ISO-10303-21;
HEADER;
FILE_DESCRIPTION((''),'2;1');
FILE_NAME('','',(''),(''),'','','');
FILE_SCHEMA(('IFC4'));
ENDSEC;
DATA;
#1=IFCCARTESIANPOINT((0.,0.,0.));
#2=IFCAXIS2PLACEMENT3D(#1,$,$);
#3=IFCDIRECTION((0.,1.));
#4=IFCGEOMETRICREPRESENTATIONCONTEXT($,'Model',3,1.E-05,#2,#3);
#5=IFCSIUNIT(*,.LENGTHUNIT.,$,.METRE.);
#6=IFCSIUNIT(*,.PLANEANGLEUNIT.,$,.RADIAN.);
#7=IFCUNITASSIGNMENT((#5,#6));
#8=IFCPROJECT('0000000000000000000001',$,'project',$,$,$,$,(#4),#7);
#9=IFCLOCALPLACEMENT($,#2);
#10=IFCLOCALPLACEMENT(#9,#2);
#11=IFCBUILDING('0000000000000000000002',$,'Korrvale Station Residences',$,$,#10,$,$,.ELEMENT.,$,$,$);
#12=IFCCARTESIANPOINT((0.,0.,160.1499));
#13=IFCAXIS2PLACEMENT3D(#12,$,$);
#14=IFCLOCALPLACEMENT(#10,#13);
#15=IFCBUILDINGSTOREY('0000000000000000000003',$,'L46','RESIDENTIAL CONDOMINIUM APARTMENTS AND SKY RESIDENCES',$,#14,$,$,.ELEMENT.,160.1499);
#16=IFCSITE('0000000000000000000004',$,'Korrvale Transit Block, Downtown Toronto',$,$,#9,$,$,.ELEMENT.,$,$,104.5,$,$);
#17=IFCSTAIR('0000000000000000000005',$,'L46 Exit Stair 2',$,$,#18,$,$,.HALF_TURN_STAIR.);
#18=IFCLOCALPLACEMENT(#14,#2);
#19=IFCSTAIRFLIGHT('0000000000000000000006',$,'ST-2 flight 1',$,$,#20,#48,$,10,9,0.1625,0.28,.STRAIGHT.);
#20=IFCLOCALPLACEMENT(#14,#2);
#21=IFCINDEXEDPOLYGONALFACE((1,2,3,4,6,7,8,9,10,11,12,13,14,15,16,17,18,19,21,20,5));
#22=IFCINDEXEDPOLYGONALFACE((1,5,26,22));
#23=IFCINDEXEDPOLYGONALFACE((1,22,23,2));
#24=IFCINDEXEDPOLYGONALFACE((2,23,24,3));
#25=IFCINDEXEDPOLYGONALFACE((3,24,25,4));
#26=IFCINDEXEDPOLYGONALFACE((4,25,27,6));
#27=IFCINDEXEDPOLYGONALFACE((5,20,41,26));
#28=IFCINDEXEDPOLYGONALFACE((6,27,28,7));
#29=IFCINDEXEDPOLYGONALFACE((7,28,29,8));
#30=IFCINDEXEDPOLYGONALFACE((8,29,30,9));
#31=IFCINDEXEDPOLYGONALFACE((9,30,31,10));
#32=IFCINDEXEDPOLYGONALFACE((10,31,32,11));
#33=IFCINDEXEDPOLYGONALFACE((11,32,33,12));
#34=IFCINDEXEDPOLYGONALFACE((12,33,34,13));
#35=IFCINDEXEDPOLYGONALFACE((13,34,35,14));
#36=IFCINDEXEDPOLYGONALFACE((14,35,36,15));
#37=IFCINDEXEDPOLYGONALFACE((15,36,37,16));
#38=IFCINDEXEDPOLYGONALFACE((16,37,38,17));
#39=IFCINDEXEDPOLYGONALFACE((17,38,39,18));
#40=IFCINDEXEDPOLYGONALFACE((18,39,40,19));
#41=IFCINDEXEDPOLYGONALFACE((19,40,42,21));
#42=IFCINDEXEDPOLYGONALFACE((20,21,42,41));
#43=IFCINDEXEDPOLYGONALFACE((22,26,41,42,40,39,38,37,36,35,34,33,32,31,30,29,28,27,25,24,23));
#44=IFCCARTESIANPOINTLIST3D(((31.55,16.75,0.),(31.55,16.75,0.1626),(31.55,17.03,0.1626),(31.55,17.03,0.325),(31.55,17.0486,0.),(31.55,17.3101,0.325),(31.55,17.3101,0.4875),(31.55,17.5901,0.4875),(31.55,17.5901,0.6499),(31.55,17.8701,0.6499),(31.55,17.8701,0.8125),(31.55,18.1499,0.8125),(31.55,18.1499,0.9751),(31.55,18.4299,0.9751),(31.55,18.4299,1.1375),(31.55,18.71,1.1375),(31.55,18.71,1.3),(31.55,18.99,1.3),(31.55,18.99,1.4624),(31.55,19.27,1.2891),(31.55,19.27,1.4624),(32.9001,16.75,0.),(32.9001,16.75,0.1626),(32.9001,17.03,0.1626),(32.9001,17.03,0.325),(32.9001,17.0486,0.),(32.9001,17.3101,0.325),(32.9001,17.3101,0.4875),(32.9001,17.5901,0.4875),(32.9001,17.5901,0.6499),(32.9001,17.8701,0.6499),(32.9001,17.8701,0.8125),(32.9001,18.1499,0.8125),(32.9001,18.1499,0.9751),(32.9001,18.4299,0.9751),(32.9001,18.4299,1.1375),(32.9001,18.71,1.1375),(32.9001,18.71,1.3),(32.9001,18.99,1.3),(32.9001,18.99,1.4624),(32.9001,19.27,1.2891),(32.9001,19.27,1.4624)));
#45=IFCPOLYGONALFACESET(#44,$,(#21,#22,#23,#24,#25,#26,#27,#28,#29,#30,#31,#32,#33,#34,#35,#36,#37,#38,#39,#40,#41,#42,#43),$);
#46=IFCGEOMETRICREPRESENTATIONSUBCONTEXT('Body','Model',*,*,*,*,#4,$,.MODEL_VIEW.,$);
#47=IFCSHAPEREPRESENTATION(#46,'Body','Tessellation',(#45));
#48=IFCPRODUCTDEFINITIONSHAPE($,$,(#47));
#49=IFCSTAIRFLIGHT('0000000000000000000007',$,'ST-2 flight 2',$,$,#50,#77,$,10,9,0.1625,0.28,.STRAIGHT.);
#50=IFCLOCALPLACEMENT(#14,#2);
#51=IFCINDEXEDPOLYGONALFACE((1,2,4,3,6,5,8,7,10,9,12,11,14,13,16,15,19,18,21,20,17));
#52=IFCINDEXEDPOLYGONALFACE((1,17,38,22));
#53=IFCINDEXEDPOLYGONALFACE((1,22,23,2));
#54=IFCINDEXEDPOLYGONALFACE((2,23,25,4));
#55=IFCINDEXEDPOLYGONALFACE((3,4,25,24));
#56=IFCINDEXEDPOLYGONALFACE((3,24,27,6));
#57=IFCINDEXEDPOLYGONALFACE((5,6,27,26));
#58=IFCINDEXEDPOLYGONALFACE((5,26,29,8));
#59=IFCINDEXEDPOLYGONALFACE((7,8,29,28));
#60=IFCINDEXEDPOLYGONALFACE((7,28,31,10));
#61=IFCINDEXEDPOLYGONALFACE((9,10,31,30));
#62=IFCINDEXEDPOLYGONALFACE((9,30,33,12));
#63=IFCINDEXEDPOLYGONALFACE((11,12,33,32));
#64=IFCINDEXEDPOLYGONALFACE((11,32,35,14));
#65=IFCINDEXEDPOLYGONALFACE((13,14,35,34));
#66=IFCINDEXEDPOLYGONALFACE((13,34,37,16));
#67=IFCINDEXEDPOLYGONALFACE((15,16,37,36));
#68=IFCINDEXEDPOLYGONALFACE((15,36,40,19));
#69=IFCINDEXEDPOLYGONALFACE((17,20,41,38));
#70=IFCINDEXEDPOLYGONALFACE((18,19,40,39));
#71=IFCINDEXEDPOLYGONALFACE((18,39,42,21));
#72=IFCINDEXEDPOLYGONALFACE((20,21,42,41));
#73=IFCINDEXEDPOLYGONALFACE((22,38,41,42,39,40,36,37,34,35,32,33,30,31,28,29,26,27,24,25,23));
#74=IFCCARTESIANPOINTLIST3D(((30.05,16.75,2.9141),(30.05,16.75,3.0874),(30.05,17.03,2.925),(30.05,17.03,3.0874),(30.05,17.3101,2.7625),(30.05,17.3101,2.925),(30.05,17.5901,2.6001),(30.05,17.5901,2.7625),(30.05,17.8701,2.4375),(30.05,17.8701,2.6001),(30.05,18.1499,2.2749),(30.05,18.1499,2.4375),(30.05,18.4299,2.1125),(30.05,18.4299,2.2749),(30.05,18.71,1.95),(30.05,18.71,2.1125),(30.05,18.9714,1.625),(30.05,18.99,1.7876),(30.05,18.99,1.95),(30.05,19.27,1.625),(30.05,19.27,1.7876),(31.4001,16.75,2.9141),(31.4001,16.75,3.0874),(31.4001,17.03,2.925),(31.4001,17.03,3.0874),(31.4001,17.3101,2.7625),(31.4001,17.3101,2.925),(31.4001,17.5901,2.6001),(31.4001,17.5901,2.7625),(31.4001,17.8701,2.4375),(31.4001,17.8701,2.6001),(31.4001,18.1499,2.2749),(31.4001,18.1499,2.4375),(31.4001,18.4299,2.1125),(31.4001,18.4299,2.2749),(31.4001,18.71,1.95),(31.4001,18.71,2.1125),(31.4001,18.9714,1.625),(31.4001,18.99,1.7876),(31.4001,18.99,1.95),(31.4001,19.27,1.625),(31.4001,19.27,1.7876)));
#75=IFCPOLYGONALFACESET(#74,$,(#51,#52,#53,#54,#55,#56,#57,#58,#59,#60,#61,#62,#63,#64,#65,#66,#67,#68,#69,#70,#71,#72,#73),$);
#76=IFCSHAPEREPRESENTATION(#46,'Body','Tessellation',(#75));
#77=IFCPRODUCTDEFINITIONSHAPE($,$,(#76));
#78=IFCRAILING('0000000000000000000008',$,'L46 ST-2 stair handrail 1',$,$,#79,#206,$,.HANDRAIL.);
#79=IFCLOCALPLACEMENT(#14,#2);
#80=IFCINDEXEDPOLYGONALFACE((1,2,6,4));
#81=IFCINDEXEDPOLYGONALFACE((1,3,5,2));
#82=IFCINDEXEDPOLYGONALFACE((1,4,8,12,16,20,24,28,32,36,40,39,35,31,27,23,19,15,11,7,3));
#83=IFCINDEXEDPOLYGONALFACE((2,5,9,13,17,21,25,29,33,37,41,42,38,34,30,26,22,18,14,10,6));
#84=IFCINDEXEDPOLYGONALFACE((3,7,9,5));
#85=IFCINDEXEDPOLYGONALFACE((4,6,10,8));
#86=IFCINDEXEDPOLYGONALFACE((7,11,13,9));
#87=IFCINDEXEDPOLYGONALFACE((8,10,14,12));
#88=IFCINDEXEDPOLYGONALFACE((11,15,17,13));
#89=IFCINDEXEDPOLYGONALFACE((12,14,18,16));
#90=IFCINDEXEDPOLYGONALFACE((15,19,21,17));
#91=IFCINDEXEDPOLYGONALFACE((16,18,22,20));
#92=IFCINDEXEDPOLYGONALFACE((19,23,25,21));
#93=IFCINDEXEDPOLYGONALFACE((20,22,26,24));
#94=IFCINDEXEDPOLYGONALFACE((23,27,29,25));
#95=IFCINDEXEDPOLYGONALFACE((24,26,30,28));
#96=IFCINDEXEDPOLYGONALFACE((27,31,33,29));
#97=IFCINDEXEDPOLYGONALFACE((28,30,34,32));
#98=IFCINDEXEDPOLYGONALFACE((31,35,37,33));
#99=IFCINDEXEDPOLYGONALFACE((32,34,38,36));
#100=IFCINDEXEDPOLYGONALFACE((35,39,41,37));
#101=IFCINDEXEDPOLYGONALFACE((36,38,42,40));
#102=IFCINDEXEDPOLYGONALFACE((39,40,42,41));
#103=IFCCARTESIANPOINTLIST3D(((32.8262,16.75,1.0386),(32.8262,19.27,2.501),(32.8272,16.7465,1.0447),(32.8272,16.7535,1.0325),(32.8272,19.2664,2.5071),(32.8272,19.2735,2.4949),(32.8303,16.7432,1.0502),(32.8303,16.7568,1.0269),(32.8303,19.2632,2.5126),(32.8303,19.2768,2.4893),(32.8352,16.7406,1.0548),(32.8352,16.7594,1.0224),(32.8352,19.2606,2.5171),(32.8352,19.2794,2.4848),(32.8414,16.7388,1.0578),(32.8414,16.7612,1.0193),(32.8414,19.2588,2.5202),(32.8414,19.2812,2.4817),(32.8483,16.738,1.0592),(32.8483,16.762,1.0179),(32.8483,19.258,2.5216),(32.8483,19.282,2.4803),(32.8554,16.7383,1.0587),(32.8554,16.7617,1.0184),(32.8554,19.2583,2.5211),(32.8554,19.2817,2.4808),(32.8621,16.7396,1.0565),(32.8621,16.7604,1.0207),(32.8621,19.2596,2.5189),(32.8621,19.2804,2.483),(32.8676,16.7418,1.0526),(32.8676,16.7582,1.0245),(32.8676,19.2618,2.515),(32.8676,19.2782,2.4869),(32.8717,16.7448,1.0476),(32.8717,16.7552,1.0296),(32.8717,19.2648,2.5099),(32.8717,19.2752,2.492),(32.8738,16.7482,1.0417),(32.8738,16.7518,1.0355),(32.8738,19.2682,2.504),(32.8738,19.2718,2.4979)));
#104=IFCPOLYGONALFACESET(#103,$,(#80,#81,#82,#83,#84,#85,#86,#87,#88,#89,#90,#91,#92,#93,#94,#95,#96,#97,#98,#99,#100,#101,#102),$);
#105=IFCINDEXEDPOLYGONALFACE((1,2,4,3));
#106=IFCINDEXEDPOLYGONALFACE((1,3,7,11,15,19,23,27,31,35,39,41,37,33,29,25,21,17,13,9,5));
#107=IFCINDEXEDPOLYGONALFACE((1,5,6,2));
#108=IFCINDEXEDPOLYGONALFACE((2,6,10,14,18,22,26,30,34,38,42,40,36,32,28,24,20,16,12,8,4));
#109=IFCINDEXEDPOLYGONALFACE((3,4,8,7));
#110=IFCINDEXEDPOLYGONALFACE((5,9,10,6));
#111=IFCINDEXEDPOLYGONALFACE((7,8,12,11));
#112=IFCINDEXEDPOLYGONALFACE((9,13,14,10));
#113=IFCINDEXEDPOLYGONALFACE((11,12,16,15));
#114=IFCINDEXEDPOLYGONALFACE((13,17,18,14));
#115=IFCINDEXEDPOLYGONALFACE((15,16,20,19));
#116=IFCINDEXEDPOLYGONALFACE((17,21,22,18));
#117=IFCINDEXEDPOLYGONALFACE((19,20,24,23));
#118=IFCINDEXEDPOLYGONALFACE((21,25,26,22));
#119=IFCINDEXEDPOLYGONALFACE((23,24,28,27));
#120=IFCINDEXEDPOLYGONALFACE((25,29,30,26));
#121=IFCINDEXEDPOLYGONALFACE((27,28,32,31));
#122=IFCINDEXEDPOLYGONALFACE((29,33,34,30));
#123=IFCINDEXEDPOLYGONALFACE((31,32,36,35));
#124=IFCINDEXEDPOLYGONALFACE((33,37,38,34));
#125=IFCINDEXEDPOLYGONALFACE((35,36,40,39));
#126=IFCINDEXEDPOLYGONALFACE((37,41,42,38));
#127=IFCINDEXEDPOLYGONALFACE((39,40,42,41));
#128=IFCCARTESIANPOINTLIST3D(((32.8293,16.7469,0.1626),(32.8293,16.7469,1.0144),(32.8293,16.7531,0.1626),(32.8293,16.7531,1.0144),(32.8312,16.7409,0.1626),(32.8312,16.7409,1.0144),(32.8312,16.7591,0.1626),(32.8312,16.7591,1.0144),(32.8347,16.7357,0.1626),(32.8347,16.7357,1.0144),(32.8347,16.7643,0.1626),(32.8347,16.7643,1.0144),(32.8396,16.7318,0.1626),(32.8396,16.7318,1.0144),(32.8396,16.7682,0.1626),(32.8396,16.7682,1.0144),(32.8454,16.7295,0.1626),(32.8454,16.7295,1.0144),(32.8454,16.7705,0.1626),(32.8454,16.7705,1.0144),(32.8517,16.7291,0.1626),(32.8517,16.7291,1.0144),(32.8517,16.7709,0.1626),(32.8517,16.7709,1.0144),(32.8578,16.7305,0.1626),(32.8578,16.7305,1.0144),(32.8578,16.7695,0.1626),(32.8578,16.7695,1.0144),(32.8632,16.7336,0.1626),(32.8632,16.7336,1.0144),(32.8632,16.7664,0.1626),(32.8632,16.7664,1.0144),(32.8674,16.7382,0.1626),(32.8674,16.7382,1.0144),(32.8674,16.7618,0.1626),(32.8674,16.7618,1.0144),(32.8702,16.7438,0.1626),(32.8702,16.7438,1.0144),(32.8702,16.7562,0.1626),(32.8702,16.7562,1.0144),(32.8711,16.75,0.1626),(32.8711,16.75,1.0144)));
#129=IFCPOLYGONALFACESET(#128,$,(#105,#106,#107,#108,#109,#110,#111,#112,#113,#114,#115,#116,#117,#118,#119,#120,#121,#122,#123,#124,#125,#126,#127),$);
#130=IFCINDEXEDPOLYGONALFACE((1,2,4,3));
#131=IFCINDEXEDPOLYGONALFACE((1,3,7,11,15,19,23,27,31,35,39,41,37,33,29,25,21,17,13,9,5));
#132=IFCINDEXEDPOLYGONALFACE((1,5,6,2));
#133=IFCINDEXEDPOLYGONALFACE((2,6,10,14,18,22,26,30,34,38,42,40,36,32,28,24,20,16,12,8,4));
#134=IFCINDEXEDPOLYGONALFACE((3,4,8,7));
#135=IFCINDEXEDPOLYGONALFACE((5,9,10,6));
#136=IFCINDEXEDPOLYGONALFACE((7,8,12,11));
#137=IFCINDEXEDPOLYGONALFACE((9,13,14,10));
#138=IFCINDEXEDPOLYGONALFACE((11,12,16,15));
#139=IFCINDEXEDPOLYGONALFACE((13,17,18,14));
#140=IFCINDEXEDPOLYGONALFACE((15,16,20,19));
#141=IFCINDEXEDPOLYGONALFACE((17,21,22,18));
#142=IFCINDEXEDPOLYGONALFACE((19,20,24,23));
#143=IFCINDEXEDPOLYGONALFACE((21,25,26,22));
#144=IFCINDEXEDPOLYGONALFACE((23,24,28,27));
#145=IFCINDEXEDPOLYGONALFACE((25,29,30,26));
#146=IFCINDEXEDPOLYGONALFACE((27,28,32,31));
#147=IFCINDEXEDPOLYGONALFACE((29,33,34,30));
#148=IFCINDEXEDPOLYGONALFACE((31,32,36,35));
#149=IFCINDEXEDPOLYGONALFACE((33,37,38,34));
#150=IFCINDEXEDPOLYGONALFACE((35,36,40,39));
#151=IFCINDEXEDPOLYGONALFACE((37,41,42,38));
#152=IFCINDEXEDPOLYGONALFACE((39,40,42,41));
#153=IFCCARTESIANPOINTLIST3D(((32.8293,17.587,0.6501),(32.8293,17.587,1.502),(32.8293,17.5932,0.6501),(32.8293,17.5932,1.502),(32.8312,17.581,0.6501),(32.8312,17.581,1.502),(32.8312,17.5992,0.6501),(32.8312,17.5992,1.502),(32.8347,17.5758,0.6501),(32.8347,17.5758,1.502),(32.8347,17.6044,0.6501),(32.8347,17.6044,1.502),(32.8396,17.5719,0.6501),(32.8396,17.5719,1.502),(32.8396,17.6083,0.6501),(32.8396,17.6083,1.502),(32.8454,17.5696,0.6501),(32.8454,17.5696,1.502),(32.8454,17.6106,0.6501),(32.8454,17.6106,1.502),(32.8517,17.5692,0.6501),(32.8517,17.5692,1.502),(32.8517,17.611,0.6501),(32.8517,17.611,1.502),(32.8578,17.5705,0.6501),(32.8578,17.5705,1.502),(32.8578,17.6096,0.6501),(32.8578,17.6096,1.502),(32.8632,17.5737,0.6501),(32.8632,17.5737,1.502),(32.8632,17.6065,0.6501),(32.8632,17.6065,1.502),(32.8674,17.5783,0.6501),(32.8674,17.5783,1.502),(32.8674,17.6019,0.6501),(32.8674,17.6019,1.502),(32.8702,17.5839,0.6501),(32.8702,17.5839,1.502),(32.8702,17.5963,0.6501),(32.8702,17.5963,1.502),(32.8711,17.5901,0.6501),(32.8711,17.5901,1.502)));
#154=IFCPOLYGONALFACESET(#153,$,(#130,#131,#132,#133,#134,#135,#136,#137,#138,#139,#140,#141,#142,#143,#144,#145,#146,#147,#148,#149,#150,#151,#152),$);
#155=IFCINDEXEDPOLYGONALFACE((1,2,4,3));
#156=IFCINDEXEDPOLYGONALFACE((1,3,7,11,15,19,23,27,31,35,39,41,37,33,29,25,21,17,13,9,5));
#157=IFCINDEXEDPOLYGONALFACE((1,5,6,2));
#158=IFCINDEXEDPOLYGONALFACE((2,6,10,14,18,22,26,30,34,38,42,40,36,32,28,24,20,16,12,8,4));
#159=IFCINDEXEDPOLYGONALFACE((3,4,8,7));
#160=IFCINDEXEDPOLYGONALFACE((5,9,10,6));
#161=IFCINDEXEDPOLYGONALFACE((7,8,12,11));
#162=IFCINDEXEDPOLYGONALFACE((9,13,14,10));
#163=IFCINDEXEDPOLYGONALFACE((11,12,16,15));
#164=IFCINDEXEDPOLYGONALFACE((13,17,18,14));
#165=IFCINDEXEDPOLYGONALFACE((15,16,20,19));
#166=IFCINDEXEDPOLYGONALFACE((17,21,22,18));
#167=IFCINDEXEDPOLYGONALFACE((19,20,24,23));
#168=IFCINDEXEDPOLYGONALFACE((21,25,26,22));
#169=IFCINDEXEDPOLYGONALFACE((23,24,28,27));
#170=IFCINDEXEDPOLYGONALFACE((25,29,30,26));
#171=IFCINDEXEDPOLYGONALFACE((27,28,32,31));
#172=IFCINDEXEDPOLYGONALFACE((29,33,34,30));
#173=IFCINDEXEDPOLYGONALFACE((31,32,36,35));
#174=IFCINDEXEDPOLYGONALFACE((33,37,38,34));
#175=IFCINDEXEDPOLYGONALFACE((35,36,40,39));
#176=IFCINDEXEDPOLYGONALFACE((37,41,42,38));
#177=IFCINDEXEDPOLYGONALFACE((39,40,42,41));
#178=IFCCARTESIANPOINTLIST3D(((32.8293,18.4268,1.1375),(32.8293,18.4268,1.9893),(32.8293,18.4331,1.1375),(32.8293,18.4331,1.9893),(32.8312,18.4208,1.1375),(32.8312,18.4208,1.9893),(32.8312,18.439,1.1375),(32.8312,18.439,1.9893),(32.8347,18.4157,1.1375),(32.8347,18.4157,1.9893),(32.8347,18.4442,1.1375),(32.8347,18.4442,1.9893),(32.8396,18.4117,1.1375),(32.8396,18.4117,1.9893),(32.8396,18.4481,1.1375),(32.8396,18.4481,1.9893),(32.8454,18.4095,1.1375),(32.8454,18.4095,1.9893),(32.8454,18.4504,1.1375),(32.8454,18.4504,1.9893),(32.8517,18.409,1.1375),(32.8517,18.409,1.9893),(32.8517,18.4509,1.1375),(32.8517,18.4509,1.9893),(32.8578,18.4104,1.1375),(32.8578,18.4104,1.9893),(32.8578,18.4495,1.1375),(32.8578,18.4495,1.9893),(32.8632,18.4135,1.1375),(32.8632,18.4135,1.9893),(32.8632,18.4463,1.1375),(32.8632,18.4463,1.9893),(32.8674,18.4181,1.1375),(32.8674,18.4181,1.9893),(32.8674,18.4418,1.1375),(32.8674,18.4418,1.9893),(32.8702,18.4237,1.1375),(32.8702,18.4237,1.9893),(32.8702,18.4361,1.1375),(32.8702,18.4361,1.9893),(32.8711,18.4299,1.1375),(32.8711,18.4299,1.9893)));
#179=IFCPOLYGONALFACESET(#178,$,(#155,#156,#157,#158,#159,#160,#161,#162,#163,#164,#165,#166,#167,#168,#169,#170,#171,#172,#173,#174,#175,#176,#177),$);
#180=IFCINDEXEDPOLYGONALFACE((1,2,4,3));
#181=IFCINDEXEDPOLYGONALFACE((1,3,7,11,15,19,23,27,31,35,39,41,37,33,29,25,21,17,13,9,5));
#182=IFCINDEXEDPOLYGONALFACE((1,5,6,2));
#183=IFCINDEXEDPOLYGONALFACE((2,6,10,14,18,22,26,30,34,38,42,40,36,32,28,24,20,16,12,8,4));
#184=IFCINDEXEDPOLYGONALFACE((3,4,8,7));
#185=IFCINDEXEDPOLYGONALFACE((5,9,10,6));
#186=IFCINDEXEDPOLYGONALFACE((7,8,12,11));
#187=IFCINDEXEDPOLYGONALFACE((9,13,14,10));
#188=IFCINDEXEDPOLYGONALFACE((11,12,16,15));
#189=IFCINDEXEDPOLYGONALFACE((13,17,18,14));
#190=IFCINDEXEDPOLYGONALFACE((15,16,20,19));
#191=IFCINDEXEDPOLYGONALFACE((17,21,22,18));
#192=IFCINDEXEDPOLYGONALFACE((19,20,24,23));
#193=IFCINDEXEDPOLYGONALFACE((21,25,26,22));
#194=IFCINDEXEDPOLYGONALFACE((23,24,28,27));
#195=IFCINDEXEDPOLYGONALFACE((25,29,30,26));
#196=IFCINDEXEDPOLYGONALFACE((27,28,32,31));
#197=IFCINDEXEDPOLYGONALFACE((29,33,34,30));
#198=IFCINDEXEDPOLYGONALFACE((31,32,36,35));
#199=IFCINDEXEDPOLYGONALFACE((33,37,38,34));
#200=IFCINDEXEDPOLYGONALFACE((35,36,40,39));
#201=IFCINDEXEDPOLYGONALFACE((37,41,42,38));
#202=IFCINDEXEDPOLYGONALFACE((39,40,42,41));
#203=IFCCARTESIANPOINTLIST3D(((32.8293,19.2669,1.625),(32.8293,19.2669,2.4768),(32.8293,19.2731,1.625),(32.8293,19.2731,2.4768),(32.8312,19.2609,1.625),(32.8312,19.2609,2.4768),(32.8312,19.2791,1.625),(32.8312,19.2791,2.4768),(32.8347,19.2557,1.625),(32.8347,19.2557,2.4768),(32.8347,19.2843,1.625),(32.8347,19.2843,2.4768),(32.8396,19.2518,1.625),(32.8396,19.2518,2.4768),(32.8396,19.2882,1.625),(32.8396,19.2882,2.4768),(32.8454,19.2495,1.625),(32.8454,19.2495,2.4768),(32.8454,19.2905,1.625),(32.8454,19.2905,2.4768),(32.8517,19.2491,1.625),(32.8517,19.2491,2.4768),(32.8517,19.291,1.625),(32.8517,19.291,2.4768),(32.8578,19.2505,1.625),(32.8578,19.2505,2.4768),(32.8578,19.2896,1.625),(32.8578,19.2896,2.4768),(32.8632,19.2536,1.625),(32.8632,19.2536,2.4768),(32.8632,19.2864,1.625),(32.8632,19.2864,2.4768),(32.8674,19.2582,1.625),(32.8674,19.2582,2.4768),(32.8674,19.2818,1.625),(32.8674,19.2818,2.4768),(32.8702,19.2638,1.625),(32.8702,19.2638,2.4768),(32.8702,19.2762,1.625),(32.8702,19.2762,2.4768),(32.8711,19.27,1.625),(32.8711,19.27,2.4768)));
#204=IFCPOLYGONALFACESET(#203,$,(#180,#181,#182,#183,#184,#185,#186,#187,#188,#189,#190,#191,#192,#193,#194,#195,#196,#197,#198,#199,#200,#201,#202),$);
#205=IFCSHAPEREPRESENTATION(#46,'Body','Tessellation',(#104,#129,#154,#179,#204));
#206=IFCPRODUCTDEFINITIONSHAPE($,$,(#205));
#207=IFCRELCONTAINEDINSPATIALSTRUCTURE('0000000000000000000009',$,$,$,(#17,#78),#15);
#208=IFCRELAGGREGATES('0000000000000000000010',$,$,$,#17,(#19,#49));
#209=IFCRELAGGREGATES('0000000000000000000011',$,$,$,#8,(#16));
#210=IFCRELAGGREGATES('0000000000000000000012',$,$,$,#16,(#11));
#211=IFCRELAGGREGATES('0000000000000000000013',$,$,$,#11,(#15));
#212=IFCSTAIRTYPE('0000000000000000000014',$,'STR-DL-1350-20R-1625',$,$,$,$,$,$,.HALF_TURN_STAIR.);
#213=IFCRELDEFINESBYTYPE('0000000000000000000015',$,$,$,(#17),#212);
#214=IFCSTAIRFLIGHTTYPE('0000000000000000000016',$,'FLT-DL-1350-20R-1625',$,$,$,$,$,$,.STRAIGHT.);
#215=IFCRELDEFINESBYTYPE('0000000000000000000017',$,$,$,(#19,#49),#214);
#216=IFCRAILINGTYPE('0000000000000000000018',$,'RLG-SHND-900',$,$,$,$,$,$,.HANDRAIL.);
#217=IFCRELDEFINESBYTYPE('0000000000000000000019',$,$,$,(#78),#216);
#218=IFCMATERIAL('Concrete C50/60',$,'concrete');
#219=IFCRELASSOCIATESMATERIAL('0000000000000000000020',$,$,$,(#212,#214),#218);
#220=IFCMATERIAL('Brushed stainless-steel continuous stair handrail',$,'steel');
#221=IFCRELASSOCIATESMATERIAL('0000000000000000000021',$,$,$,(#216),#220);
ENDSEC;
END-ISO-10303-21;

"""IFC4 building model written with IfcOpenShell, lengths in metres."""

from ifc_helpers import new_model, si_unit, direction, frame, origin, origin_2d, place, context, subcontext, project, spatial, polyline, circle, outline, extrude, material, type_object, element, aggregate, save


model = new_model("IFC4")

# Units and contexts
model_context = context("Model", 3, precision=1e-05, world=origin(), true_north=direction((0.0, 1.0)))
body_context = subcontext(model_context, "Body", "Model", "MODEL_VIEW")
ifc_project = project(units=[si_unit("LENGTHUNIT", "METRE"), si_unit("PLANEANGLEUNIT", "RADIAN")], contexts=[model_context])

# Site, building, storey
site_placement = place(None, origin())
site = spatial("IfcSite", under=ifc_project, at=site_placement, Name="Korrvale Transit Block, Downtown Toronto", CompositionType="ELEMENT", RefElevation=104.5)
building_placement = place(site_placement, origin())
building = spatial("IfcBuilding", under=site, at=building_placement, Name="Korrvale Station Residences", CompositionType="ELEMENT")
storey_placement = place(building_placement, frame((0.0, 0.0, 160.1499)))
storey = spatial("IfcBuildingStorey", under=building, at=storey_placement, Name="L46", Description="RESIDENTIAL CONDOMINIUM APARTMENTS AND SKY RESIDENCES", CompositionType="ELEMENT", Elevation=160.1499)

# Stair, stair flights
ifc_material_1 = material(Name="Concrete C50/60", Category="concrete")
stair_type = type_object("IfcStairType", Name="STR-DL-1350-20R-1625", PredefinedType="HALF_TURN_STAIR", material=ifc_material_1)
stair_placement = place(storey_placement, origin())
stair = element("IfcStair", 1, at=stair_placement, inside=storey, type_object=stair_type, Name="L46 Exit Stair 2", PredefinedType="HALF_TURN_STAIR")
stair_flight_type = type_object("IfcStairFlightType", Name="FLT-DL-1350-20R-1625", PredefinedType="STRAIGHT", material=ifc_material_1)
stair_flight_1_placement = place(storey_placement, frame((32.2251, 16.75, 0.0), z_axis=(0.0, 0.0, 1.0), x_axis=(0.0, 1.0, 0.0)))
stair_flight_1 = element("IfcStairFlight", 2, at=stair_flight_1_placement, type_object=stair_flight_type, Name="ST-2 flight 1", NumberOfRisers=10, NumberOfTreads=9, PredefinedType="STRAIGHT", RiserHeight=0.1625, TreadLength=0.28, context=body_context, shape_type="SweptSolid", body=[
    extrude(outline(polyline([(0.0, 0.0), (0.0, 0.1626), (0.28, 0.1626), (0.28, 0.325), (0.5601, 0.325), (0.5601, 0.4875), (0.8401, 0.4875), (0.8401, 0.6499), (1.1201, 0.6499), (1.1201, 0.8125), (1.3999, 0.8125), (1.3999, 0.9751), (1.6799, 0.9751), (1.6799, 1.1375), (1.96, 1.1375), (1.96, 1.3), (2.24, 1.3), (2.24, 1.4624), (2.52, 1.4624), (2.52, 1.625), (2.52, 1.2891), (0.2986, 0.0), (0.0, 0.0)])), frame((0.0, 0.675, 0.0), z_axis=(0.0, -1.0, 0.0), x_axis=(1.0, 0.0, 0.0)), (0.0, 0.0, 1.0), 1.3501),
])
stair_flight_2_placement = place(storey_placement, frame((30.7251, 19.27, 1.625), z_axis=(0.0, 0.0, 1.0), x_axis=(0.0, -1.0, 0.0)))
stair_flight_2 = element("IfcStairFlight", 3, at=stair_flight_2_placement, type_object=stair_flight_type, Name="ST-2 flight 2", NumberOfRisers=10, NumberOfTreads=9, PredefinedType="STRAIGHT", RiserHeight=0.1625, TreadLength=0.28, context=body_context, shape_type="SweptSolid", body=[
    extrude(outline(polyline([(0.0, 0.0), (0.0, 0.1626), (0.28, 0.1626), (0.28, 0.325), (0.5601, 0.325), (0.5601, 0.4875), (0.8401, 0.4875), (0.8401, 0.6499), (1.1201, 0.6499), (1.1201, 0.8125), (1.3999, 0.8125), (1.3999, 0.9751), (1.6799, 0.9751), (1.6799, 1.1375), (1.96, 1.1375), (1.96, 1.3), (2.24, 1.3), (2.24, 1.4624), (2.52, 1.4624), (2.52, 1.625), (2.52, 1.2891), (0.2986, 0.0), (0.0, 0.0)])), frame((0.0, 0.675, 0.0), z_axis=(0.0, -1.0, 0.0), x_axis=(1.0, 0.0, 0.0)), (0.0, 0.0, 1.0), 1.3501),
])
aggregate(stair, [stair_flight_1, stair_flight_2])

# Railing
ifc_material_2 = material(Name="Brushed stainless-steel continuous stair handrail", Category="steel")
railing_type_1 = type_object("IfcRailingType", Name="RLG-SHND-900", PredefinedType="HANDRAIL", material=ifc_material_2)
railing_1_placement = place(storey_placement, frame((32.8501, 16.75, 0.1626)))
element("IfcRailing", 4, at=railing_1_placement, inside=storey, type_object=railing_type_1, Name="L46 ST-2 stair handrail 1", PredefinedType="HANDRAIL", context=body_context, shape_type="SweptSolid", body=[
    extrude(circle(Radius=0.0239, at=origin_2d()), frame((0.0, 0.0, 0.876), z_axis=(0.0, 0.864913, 0.501921), x_axis=(-1.0, 0.0, 0.0)), (0.0, 0.0, 1.0), 2.9136),
    extrude(circle(Radius=0.021, at=origin_2d()), origin(), (0.0, 0.0, 1.0), 0.8518),
    extrude(circle(Radius=0.021, at=origin_2d()), frame((0.0, 0.8401, 0.4875)), (0.0, 0.0, 1.0), 0.8518),
    extrude(circle(Radius=0.021, at=origin_2d()), frame((0.0, 1.6799, 0.9749)), (0.0, 0.0, 1.0), 0.8518),
    extrude(circle(Radius=0.021, at=origin_2d()), frame((0.0, 2.52, 1.4624)), (0.0, 0.0, 1.0), 0.8518),
])

save(model, "model.ifc")
